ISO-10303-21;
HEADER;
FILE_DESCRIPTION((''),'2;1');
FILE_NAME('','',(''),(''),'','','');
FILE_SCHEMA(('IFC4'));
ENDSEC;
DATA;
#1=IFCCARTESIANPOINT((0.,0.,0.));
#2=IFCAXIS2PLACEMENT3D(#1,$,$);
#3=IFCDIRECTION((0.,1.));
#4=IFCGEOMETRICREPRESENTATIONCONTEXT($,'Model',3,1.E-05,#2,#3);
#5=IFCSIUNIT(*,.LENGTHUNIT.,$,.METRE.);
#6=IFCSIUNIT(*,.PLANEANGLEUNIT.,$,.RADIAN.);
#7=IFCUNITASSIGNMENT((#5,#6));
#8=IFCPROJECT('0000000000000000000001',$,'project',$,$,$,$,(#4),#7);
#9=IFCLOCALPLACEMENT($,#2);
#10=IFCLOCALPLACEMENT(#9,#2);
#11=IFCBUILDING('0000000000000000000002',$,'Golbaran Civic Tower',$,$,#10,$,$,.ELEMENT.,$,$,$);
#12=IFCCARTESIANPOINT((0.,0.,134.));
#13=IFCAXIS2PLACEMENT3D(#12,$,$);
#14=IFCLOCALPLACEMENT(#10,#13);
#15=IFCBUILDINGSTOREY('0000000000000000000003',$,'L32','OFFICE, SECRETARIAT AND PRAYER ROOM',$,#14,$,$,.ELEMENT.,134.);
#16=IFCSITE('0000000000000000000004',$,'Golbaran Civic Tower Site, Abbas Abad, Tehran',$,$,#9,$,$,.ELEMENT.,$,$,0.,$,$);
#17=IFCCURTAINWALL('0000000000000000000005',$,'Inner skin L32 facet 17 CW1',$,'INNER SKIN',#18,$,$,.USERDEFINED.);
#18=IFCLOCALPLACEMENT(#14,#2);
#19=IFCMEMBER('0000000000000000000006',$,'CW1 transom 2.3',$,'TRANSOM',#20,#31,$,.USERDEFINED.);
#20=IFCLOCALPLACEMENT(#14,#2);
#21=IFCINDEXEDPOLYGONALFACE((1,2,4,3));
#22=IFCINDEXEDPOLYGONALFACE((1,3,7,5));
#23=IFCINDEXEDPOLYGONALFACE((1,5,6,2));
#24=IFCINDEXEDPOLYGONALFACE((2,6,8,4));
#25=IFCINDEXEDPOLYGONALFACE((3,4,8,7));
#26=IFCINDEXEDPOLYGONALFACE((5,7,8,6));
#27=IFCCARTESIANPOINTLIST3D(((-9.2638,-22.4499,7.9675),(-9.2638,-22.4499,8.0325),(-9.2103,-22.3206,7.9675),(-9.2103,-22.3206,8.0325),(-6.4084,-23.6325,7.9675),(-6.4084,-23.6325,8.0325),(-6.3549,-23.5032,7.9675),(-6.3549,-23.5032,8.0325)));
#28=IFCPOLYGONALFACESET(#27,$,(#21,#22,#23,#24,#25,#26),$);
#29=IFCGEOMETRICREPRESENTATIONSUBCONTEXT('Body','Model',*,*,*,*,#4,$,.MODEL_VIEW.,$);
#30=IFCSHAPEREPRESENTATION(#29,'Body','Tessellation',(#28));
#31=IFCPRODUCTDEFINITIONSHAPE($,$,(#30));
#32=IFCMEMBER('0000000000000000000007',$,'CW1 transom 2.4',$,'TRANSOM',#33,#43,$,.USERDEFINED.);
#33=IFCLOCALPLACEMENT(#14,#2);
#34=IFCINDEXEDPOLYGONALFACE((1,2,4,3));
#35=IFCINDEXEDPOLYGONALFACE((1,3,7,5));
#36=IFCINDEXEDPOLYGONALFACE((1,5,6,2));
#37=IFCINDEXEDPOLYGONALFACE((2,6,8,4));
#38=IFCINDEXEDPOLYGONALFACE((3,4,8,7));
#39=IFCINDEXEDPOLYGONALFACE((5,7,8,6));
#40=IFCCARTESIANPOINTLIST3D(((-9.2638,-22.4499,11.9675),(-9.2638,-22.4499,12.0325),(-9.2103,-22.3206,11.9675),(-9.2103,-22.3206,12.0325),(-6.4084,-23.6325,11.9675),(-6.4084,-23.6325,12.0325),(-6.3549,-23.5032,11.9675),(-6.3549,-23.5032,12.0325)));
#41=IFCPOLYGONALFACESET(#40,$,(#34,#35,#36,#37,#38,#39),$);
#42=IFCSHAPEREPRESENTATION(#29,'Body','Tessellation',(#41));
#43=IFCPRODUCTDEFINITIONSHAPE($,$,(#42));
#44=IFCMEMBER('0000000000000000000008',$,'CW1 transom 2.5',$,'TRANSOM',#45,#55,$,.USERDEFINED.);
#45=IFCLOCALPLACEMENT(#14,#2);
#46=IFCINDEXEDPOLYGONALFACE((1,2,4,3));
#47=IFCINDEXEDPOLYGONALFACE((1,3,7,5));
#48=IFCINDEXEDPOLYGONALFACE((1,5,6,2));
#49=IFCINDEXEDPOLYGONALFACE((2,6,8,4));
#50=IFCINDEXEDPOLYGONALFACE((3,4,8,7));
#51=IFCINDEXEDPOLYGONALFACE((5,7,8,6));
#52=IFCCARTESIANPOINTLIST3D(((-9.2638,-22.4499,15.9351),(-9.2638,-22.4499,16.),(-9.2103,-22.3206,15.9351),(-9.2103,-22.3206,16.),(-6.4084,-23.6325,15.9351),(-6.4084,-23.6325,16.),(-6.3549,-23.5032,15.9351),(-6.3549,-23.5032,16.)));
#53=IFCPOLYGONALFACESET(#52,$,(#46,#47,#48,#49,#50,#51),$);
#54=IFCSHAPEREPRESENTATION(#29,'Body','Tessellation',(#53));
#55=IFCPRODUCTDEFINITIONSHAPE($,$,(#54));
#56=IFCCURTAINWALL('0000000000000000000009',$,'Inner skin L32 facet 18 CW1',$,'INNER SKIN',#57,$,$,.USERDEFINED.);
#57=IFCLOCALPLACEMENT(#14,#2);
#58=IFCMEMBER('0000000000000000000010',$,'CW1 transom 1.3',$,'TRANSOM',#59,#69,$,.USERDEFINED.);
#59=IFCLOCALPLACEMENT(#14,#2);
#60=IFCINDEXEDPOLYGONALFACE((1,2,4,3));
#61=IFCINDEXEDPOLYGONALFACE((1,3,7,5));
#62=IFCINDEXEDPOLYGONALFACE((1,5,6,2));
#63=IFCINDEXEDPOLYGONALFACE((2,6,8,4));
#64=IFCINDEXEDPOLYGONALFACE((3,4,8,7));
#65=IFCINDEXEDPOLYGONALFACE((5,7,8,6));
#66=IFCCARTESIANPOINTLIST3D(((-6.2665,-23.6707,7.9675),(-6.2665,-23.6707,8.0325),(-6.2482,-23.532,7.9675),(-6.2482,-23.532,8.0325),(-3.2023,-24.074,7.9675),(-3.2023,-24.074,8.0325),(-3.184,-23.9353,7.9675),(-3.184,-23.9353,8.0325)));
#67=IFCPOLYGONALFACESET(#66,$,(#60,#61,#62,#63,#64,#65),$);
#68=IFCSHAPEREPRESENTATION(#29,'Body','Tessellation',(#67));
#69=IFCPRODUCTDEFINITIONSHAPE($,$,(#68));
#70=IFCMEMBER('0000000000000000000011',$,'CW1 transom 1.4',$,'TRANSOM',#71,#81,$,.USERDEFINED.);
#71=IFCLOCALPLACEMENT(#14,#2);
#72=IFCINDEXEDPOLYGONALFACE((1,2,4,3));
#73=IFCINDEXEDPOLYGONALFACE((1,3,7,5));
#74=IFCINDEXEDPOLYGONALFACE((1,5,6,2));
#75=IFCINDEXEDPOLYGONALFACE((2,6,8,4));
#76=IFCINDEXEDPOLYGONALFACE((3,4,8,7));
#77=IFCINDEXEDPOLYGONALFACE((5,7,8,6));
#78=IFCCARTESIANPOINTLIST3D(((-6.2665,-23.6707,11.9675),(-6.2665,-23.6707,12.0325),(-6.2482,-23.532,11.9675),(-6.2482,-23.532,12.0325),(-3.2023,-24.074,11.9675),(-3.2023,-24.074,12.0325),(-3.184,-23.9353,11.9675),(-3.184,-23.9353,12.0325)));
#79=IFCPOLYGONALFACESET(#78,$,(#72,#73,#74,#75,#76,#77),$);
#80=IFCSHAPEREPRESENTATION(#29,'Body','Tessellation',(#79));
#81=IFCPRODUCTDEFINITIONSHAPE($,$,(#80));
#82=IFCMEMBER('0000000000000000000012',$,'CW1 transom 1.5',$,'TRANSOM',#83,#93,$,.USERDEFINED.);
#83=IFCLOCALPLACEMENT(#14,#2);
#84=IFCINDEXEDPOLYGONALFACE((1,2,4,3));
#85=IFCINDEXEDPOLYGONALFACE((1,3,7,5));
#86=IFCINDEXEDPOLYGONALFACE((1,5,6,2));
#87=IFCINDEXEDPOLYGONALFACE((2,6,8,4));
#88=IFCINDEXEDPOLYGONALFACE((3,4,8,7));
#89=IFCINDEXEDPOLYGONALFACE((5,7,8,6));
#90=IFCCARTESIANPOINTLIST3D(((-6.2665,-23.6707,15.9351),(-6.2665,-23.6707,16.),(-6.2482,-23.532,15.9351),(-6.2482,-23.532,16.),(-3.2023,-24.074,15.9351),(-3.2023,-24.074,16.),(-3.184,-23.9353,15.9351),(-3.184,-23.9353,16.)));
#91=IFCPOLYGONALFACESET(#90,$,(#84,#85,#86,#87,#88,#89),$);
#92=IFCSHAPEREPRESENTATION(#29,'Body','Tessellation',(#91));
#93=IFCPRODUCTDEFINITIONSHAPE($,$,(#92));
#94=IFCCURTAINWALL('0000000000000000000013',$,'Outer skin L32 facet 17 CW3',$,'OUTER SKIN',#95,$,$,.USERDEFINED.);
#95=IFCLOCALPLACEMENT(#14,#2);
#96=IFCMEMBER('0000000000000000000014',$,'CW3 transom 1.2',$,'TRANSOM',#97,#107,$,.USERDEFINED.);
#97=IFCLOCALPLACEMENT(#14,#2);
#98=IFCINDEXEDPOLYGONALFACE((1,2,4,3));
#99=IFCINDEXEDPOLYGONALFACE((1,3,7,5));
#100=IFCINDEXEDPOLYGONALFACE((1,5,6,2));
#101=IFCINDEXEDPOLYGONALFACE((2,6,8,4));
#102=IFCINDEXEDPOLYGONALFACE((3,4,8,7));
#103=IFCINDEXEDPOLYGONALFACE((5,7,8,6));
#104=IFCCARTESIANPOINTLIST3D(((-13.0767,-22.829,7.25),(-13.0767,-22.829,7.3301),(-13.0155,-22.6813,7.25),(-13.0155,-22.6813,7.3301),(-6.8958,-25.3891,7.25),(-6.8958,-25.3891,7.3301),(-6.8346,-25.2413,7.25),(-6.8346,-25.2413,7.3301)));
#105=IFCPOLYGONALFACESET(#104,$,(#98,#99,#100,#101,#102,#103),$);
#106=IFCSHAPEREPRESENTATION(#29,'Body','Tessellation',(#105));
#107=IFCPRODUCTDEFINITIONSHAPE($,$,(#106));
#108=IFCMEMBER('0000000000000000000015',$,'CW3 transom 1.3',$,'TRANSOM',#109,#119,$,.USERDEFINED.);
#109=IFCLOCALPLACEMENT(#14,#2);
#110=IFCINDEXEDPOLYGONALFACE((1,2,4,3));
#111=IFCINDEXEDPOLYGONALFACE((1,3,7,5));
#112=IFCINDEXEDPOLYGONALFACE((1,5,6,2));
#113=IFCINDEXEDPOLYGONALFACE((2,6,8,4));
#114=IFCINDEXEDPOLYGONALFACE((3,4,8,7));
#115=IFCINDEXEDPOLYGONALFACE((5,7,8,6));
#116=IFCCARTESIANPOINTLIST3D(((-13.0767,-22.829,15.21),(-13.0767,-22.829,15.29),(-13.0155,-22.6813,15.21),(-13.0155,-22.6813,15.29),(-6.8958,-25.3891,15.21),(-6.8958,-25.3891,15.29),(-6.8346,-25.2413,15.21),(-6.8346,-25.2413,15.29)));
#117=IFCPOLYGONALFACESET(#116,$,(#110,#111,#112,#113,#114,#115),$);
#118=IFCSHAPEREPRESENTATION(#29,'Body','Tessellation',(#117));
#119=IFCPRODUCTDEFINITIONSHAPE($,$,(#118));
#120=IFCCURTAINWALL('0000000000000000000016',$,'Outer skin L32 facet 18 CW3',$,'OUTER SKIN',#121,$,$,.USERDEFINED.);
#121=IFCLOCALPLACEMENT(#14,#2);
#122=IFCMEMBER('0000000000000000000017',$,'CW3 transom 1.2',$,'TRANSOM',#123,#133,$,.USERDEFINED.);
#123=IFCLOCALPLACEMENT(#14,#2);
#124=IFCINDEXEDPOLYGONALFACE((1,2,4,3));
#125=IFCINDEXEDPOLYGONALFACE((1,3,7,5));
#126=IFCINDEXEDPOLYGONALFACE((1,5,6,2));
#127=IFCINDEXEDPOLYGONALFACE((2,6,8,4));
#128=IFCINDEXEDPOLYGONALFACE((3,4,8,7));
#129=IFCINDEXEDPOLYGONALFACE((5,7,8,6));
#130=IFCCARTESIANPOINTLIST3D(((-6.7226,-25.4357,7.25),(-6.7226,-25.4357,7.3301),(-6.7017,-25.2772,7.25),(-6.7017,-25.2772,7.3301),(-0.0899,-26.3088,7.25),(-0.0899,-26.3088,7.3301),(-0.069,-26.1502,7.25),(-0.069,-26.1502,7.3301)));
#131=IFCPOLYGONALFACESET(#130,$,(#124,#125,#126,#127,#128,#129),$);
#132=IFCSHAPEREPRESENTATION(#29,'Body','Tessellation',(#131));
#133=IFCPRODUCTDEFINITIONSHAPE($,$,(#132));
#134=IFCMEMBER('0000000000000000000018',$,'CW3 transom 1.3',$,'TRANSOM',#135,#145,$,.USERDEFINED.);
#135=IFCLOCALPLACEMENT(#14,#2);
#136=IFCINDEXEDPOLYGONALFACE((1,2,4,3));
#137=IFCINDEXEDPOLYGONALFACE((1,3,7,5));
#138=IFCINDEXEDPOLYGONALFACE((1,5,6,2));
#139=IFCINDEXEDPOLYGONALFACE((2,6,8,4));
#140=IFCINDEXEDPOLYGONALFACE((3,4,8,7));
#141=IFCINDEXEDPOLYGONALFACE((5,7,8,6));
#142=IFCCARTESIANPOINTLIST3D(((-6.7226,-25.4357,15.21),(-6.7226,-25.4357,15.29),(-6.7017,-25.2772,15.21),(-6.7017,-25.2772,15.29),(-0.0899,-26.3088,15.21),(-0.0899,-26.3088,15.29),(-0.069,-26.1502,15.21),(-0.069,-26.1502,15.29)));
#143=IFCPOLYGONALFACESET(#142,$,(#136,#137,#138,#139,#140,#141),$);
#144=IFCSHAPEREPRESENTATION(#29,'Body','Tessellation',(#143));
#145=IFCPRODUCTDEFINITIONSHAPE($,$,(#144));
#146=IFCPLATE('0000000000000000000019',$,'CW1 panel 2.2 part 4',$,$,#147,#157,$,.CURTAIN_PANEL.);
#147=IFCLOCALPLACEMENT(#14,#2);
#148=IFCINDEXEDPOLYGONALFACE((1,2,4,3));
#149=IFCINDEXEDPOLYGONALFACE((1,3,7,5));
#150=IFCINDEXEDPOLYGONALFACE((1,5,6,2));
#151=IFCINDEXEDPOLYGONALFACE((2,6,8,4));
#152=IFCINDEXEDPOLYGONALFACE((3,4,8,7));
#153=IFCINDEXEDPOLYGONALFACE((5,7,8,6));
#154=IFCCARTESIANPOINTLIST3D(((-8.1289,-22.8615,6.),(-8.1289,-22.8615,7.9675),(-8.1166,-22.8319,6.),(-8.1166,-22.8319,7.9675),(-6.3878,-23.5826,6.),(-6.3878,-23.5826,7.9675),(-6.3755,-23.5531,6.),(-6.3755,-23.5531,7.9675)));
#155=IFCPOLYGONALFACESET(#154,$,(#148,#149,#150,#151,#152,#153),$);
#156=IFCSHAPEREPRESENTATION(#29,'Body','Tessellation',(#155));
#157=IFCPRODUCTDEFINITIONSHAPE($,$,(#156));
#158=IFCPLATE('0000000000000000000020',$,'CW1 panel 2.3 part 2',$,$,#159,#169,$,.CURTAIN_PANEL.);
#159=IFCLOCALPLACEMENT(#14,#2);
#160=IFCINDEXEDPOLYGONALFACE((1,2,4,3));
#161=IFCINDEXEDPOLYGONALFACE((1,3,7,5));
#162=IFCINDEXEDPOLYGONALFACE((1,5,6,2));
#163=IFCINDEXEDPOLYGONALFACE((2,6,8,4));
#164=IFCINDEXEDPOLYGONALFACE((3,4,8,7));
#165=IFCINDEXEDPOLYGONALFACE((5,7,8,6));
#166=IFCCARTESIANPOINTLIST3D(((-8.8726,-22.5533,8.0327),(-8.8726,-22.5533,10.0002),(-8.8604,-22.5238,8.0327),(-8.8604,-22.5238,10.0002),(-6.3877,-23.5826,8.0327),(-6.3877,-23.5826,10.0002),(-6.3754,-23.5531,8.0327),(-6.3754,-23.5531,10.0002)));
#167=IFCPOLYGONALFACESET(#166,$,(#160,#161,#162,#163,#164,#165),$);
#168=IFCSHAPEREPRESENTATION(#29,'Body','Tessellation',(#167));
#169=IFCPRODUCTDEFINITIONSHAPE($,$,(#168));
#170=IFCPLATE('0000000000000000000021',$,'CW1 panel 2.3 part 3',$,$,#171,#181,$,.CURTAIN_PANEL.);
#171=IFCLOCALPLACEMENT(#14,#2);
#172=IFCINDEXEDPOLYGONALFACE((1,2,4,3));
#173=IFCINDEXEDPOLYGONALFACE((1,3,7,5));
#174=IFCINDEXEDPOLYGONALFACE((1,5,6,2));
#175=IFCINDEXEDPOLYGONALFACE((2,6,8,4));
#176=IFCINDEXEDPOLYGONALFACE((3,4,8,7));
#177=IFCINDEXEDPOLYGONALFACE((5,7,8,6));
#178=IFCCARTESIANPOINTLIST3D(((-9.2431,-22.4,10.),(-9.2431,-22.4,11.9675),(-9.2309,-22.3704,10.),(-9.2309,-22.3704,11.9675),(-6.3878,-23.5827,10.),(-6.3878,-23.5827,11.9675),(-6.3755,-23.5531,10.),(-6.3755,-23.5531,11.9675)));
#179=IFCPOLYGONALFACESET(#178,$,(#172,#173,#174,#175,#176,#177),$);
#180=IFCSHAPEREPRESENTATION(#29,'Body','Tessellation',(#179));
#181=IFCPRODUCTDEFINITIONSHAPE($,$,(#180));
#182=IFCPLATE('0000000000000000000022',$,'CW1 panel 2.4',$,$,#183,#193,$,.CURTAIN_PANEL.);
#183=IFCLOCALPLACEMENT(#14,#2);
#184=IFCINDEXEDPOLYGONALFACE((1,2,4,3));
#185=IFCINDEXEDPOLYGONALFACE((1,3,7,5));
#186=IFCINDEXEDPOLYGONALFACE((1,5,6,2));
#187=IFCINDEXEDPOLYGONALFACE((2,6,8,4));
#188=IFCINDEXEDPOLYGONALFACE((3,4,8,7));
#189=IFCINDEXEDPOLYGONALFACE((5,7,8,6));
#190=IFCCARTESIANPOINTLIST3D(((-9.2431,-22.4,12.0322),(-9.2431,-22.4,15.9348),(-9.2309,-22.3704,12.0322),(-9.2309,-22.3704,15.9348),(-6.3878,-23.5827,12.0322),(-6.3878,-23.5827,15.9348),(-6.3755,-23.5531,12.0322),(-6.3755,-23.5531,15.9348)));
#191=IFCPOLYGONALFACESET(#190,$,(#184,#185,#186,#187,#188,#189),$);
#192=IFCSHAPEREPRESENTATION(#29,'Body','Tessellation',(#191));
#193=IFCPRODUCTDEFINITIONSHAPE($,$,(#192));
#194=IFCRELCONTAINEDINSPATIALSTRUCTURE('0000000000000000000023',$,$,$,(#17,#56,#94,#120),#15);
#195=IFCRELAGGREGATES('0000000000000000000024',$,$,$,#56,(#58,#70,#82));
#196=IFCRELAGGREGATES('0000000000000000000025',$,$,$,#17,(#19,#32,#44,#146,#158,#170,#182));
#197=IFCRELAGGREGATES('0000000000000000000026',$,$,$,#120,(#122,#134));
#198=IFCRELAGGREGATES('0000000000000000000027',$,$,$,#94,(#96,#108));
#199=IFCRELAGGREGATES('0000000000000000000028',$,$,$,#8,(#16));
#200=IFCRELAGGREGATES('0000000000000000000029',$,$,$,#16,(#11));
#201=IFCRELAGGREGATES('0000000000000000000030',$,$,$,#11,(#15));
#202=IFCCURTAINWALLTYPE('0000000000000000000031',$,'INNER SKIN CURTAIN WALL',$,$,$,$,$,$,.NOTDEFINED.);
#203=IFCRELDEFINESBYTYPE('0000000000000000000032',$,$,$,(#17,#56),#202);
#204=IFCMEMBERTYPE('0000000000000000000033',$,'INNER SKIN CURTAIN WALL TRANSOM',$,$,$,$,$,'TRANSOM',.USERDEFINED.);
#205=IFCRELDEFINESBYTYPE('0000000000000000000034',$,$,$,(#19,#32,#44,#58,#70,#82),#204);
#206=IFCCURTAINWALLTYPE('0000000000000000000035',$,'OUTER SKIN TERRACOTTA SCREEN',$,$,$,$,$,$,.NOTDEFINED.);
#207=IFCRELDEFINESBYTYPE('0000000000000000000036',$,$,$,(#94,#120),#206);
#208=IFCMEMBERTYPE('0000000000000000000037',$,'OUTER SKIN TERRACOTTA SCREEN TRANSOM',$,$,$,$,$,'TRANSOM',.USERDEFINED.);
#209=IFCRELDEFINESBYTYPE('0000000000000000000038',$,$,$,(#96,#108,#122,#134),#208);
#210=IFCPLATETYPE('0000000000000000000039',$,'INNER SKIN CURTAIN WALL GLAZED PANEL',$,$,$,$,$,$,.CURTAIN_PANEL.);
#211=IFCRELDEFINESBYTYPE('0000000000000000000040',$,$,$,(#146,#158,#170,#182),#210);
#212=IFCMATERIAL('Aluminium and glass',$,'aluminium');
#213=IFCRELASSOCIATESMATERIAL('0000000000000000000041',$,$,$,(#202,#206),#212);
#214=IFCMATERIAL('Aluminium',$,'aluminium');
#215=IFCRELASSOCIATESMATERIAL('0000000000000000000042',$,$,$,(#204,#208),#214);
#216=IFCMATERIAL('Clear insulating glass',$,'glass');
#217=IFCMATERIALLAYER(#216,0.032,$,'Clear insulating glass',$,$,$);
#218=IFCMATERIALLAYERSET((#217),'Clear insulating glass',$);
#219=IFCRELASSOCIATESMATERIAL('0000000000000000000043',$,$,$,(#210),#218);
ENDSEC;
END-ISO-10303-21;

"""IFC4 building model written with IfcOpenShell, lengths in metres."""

from ifc_helpers import new_model, si_unit, direction, frame, origin, origin_2d, place, context, subcontext, project, spatial, rectangle, extrude, material, layer, layer_set, material_profile, profile_set, type_object, element, aggregate, save


model = new_model("IFC4")

# Units and contexts
model_context = context("Model", 3, precision=1e-05, world=origin(), true_north=direction((0.0, 1.0)))
body_context = subcontext(model_context, "Body", "Model", "MODEL_VIEW")
ifc_project = project(units=[si_unit("LENGTHUNIT", "METRE"), si_unit("PLANEANGLEUNIT", "RADIAN")], contexts=[model_context])

# Site, building, storey
site_placement = place(None, origin())
site = spatial("IfcSite", under=ifc_project, at=site_placement, Name="Golbaran Civic Tower Site, Abbas Abad, Tehran", CompositionType="ELEMENT", RefElevation=0.0)
building_placement = place(site_placement, origin())
building = spatial("IfcBuilding", under=site, at=building_placement, Name="Golbaran Civic Tower", CompositionType="ELEMENT")
storey_placement = place(building_placement, frame((0.0, 0.0, 134.0)))
storey = spatial("IfcBuildingStorey", under=building, at=storey_placement, Name="L32", Description="OFFICE, SECRETARIAT AND PRAYER ROOM", CompositionType="ELEMENT", Elevation=134.0)

# Curtain walls, members
ifc_material_1 = material(Name="Aluminium and glass", Category="aluminium")
curtain_wall_type_1 = type_object("IfcCurtainWallType", Name="INNER SKIN CURTAIN WALL", PredefinedType="NOTDEFINED", material=ifc_material_1)
curtain_wall_1_placement = place(storey_placement, origin())
curtain_wall_1 = element("IfcCurtainWall", 1, at=curtain_wall_1_placement, inside=storey, type_object=curtain_wall_type_1, Name="Inner skin L32 facet 17 CW1", ObjectType="INNER SKIN", PredefinedType="USERDEFINED")
ifc_material_2 = material(Name="Aluminium", Category="aluminium")
ifc_material_profile_1 = material_profile(ifc_material_2, rectangle(XDim=0.1399, YDim=0.0649, at=origin_2d()), Name="INNER SKIN CURTAIN WALL TRANSOM")
ifc_profile_set_1 = profile_set([ifc_material_profile_1], Name="Aluminium")
member_type_1 = type_object("IfcMemberType", Name="INNER SKIN CURTAIN WALL TRANSOM", ElementType="TRANSOM", PredefinedType="USERDEFINED", material=ifc_profile_set_1)
member_1_placement = place(storey_placement, frame((-9.2371, -22.3853, 8.0), z_axis=(0.923897, -0.38264, 0.0), x_axis=(0.38264, 0.923897, 0.0)))
member_1 = element("IfcMember", 2, at=member_1_placement, type_object=member_type_1, Name="CW1 transom 2.3", ObjectType="TRANSOM", PredefinedType="USERDEFINED", context=body_context, shape_type="SweptSolid", body=[
    extrude(rectangle(XDim=0.1399, YDim=0.0649, at=origin_2d()), origin(), (0.0, 0.0, 1.0), 3.0906),
])
member_2_placement = place(storey_placement, frame((-9.2371, -22.3853, 12.0), z_axis=(0.923897, -0.38264, 0.0), x_axis=(0.38264, 0.923897, 0.0)))
member_2 = element("IfcMember", 3, at=member_2_placement, type_object=member_type_1, Name="CW1 transom 2.4", ObjectType="TRANSOM", PredefinedType="USERDEFINED", context=body_context, shape_type="SweptSolid", body=[
    extrude(rectangle(XDim=0.1399, YDim=0.0649, at=origin_2d()), origin(), (0.0, 0.0, 1.0), 3.0906),
])
member_3_placement = place(storey_placement, frame((-9.2371, -22.3853, 15.9675), z_axis=(0.923897, -0.38264, 0.0), x_axis=(0.38264, 0.923897, 0.0)))
member_3 = element("IfcMember", 4, at=member_3_placement, type_object=member_type_1, Name="CW1 transom 2.5", ObjectType="TRANSOM", PredefinedType="USERDEFINED", context=body_context, shape_type="SweptSolid", body=[
    extrude(rectangle(XDim=0.1399, YDim=0.0649, at=origin_2d()), origin(), (0.0, 0.0, 1.0), 3.0906),
])
curtain_wall_2_placement = place(storey_placement, origin())
curtain_wall_2 = element("IfcCurtainWall", 5, at=curtain_wall_2_placement, inside=storey, type_object=curtain_wall_type_1, Name="Inner skin L32 facet 18 CW1", ObjectType="INNER SKIN", PredefinedType="USERDEFINED")
member_4_placement = place(storey_placement, frame((-6.2573, -23.6013, 8.0), z_axis=(0.991449, -0.130497, 0.0), x_axis=(0.130497, 0.991449, 0.0)))
member_4 = element("IfcMember", 6, at=member_4_placement, type_object=member_type_1, Name="CW1 transom 1.3", ObjectType="TRANSOM", PredefinedType="USERDEFINED", context=body_context, shape_type="SweptSolid", body=[
    extrude(rectangle(XDim=0.1399, YDim=0.0649, at=origin_2d()), origin(), (0.0, 0.0, 1.0), 3.0906),
])
member_5_placement = place(storey_placement, frame((-6.2573, -23.6013, 12.0), z_axis=(0.991449, -0.130497, 0.0), x_axis=(0.130497, 0.991449, 0.0)))
member_5 = element("IfcMember", 7, at=member_5_placement, type_object=member_type_1, Name="CW1 transom 1.4", ObjectType="TRANSOM", PredefinedType="USERDEFINED", context=body_context, shape_type="SweptSolid", body=[
    extrude(rectangle(XDim=0.1399, YDim=0.0649, at=origin_2d()), origin(), (0.0, 0.0, 1.0), 3.0906),
])
member_6_placement = place(storey_placement, frame((-6.2573, -23.6013, 15.9675), z_axis=(0.991449, -0.130497, 0.0), x_axis=(0.130497, 0.991449, 0.0)))
member_6 = element("IfcMember", 8, at=member_6_placement, type_object=member_type_1, Name="CW1 transom 1.5", ObjectType="TRANSOM", PredefinedType="USERDEFINED", context=body_context, shape_type="SweptSolid", body=[
    extrude(rectangle(XDim=0.1399, YDim=0.0649, at=origin_2d()), origin(), (0.0, 0.0, 1.0), 3.0906),
])
curtain_wall_type_2 = type_object("IfcCurtainWallType", Name="OUTER SKIN TERRACOTTA SCREEN", PredefinedType="NOTDEFINED", material=ifc_material_1)
curtain_wall_3_placement = place(storey_placement, origin())
curtain_wall_3 = element("IfcCurtainWall", 9, at=curtain_wall_3_placement, inside=storey, type_object=curtain_wall_type_2, Name="Outer skin L32 facet 17 CW3", ObjectType="OUTER SKIN", PredefinedType="USERDEFINED")
ifc_material_profile_2 = material_profile(ifc_material_2, rectangle(XDim=0.1599, YDim=0.0801, at=origin_2d()), Name="OUTER SKIN TERRACOTTA SCREEN TRANSOM")
ifc_profile_set_2 = profile_set([ifc_material_profile_2], Name="Aluminium")
member_type_2 = type_object("IfcMemberType", Name="OUTER SKIN TERRACOTTA SCREEN TRANSOM", ElementType="TRANSOM", PredefinedType="USERDEFINED", material=ifc_profile_set_2)
member_7_placement = place(storey_placement, frame((-13.0461, -22.7551, 7.29), z_axis=(0.923888, -0.382663, 0.0), x_axis=(0.382663, 0.923888, 0.0)))
member_7 = element("IfcMember", 10, at=member_7_placement, type_object=member_type_2, Name="CW3 transom 1.2", ObjectType="TRANSOM", PredefinedType="USERDEFINED", context=body_context, shape_type="SweptSolid", body=[
    extrude(rectangle(XDim=0.1599, YDim=0.0801, at=origin_2d()), origin(), (0.0, 0.0, 1.0), 6.6902),
])
member_8_placement = place(storey_placement, frame((-13.0461, -22.7551, 15.25), z_axis=(0.923888, -0.382663, 0.0), x_axis=(0.382663, 0.923888, 0.0)))
member_8 = element("IfcMember", 11, at=member_8_placement, type_object=member_type_2, Name="CW3 transom 1.3", ObjectType="TRANSOM", PredefinedType="USERDEFINED", context=body_context, shape_type="SweptSolid", body=[
    extrude(rectangle(XDim=0.1599, YDim=0.0801, at=origin_2d()), origin(), (0.0, 0.0, 1.0), 6.6902),
])
curtain_wall_4_placement = place(storey_placement, origin())
curtain_wall_4 = element("IfcCurtainWall", 12, at=curtain_wall_4_placement, inside=storey, type_object=curtain_wall_type_2, Name="Outer skin L32 facet 18 CW3", ObjectType="OUTER SKIN", PredefinedType="USERDEFINED")
member_9_placement = place(storey_placement, frame((-6.7122, -25.3564, 7.29), z_axis=(0.991448, -0.1305, 0.0), x_axis=(0.1305, 0.991448, 0.0)))
member_9 = element("IfcMember", 13, at=member_9_placement, type_object=member_type_2, Name="CW3 transom 1.2", ObjectType="TRANSOM", PredefinedType="USERDEFINED", context=body_context, shape_type="SweptSolid", body=[
    extrude(rectangle(XDim=0.1599, YDim=0.0801, at=origin_2d()), origin(), (0.0, 0.0, 1.0), 6.6899),
])
member_10_placement = place(storey_placement, frame((-6.7122, -25.3564, 15.25), z_axis=(0.991448, -0.1305, 0.0), x_axis=(0.1305, 0.991448, 0.0)))
member_10 = element("IfcMember", 14, at=member_10_placement, type_object=member_type_2, Name="CW3 transom 1.3", ObjectType="TRANSOM", PredefinedType="USERDEFINED", context=body_context, shape_type="SweptSolid", body=[
    extrude(rectangle(XDim=0.1599, YDim=0.0801, at=origin_2d()), origin(), (0.0, 0.0, 1.0), 6.6899),
])

# Plates
ifc_material_3 = material(Name="Clear insulating glass", Category="glass")
ifc_layer_1 = layer(ifc_material_3, 0.032, Name="Clear insulating glass")
ifc_layer_set_1 = layer_set([ifc_layer_1], Name="Clear insulating glass")
plate_type_1 = type_object("IfcPlateType", Name="INNER SKIN CURTAIN WALL GLAZED PANEL", PredefinedType="CURTAIN_PANEL", material=ifc_layer_set_1)
plate_1_placement = place(storey_placement, frame((-7.2522, -23.2073, 6.0), z_axis=(0.0, 0.0, 1.0), x_axis=(0.92388, -0.382683, 0.0)))
plate_1 = element("IfcPlate", 15, at=plate_1_placement, type_object=plate_type_1, Name="CW1 panel 2.2 part 4", PredefinedType="CURTAIN_PANEL", context=body_context, shape_type="SweptSolid", body=[
    extrude(rectangle(XDim=1.8845, YDim=0.032, at=origin_2d()), origin(), (0.0, 0.0, 1.0), 1.9675),
])
plate_2_placement = place(storey_placement, frame((-7.624, -23.0532, 8.0327), z_axis=(0.0, 0.0, 1.0), x_axis=(0.92388, -0.382683, 0.0)))
plate_2 = element("IfcPlate", 16, at=plate_2_placement, type_object=plate_type_1, Name="CW1 panel 2.3 part 2", PredefinedType="CURTAIN_PANEL", context=body_context, shape_type="SweptSolid", body=[
    extrude(rectangle(XDim=2.6897, YDim=0.032, at=origin_2d()), origin(), (0.0, 0.0, 1.0), 1.9675),
])
plate_3_placement = place(storey_placement, frame((-7.8093, -22.9766, 10.0), z_axis=(0.0, 0.0, 1.0), x_axis=(0.92388, -0.382683, 0.0)))
plate_3 = element("IfcPlate", 17, at=plate_3_placement, type_object=plate_type_1, Name="CW1 panel 2.3 part 3", PredefinedType="CURTAIN_PANEL", context=body_context, shape_type="SweptSolid", body=[
    extrude(rectangle(XDim=3.0906, YDim=0.032, at=origin_2d()), origin(), (0.0, 0.0, 1.0), 1.9675),
])
plate_4_placement = place(storey_placement, frame((-7.8093, -22.9766, 12.0322), z_axis=(0.0, 0.0, 1.0), x_axis=(0.92388, -0.382683, 0.0)))
plate_4 = element("IfcPlate", 18, at=plate_4_placement, type_object=plate_type_1, Name="CW1 panel 2.4", PredefinedType="CURTAIN_PANEL", context=body_context, shape_type="SweptSolid", body=[
    extrude(rectangle(XDim=3.0906, YDim=0.032, at=origin_2d()), origin(), (0.0, 0.0, 1.0), 3.9026),
])
aggregate(curtain_wall_2, [member_4, member_5, member_6])
aggregate(curtain_wall_1, [member_1, member_2, member_3, plate_1, plate_2, plate_3, plate_4])
aggregate(curtain_wall_4, [member_9, member_10])
aggregate(curtain_wall_3, [member_7, member_8])

save(model, "model.ifc")
